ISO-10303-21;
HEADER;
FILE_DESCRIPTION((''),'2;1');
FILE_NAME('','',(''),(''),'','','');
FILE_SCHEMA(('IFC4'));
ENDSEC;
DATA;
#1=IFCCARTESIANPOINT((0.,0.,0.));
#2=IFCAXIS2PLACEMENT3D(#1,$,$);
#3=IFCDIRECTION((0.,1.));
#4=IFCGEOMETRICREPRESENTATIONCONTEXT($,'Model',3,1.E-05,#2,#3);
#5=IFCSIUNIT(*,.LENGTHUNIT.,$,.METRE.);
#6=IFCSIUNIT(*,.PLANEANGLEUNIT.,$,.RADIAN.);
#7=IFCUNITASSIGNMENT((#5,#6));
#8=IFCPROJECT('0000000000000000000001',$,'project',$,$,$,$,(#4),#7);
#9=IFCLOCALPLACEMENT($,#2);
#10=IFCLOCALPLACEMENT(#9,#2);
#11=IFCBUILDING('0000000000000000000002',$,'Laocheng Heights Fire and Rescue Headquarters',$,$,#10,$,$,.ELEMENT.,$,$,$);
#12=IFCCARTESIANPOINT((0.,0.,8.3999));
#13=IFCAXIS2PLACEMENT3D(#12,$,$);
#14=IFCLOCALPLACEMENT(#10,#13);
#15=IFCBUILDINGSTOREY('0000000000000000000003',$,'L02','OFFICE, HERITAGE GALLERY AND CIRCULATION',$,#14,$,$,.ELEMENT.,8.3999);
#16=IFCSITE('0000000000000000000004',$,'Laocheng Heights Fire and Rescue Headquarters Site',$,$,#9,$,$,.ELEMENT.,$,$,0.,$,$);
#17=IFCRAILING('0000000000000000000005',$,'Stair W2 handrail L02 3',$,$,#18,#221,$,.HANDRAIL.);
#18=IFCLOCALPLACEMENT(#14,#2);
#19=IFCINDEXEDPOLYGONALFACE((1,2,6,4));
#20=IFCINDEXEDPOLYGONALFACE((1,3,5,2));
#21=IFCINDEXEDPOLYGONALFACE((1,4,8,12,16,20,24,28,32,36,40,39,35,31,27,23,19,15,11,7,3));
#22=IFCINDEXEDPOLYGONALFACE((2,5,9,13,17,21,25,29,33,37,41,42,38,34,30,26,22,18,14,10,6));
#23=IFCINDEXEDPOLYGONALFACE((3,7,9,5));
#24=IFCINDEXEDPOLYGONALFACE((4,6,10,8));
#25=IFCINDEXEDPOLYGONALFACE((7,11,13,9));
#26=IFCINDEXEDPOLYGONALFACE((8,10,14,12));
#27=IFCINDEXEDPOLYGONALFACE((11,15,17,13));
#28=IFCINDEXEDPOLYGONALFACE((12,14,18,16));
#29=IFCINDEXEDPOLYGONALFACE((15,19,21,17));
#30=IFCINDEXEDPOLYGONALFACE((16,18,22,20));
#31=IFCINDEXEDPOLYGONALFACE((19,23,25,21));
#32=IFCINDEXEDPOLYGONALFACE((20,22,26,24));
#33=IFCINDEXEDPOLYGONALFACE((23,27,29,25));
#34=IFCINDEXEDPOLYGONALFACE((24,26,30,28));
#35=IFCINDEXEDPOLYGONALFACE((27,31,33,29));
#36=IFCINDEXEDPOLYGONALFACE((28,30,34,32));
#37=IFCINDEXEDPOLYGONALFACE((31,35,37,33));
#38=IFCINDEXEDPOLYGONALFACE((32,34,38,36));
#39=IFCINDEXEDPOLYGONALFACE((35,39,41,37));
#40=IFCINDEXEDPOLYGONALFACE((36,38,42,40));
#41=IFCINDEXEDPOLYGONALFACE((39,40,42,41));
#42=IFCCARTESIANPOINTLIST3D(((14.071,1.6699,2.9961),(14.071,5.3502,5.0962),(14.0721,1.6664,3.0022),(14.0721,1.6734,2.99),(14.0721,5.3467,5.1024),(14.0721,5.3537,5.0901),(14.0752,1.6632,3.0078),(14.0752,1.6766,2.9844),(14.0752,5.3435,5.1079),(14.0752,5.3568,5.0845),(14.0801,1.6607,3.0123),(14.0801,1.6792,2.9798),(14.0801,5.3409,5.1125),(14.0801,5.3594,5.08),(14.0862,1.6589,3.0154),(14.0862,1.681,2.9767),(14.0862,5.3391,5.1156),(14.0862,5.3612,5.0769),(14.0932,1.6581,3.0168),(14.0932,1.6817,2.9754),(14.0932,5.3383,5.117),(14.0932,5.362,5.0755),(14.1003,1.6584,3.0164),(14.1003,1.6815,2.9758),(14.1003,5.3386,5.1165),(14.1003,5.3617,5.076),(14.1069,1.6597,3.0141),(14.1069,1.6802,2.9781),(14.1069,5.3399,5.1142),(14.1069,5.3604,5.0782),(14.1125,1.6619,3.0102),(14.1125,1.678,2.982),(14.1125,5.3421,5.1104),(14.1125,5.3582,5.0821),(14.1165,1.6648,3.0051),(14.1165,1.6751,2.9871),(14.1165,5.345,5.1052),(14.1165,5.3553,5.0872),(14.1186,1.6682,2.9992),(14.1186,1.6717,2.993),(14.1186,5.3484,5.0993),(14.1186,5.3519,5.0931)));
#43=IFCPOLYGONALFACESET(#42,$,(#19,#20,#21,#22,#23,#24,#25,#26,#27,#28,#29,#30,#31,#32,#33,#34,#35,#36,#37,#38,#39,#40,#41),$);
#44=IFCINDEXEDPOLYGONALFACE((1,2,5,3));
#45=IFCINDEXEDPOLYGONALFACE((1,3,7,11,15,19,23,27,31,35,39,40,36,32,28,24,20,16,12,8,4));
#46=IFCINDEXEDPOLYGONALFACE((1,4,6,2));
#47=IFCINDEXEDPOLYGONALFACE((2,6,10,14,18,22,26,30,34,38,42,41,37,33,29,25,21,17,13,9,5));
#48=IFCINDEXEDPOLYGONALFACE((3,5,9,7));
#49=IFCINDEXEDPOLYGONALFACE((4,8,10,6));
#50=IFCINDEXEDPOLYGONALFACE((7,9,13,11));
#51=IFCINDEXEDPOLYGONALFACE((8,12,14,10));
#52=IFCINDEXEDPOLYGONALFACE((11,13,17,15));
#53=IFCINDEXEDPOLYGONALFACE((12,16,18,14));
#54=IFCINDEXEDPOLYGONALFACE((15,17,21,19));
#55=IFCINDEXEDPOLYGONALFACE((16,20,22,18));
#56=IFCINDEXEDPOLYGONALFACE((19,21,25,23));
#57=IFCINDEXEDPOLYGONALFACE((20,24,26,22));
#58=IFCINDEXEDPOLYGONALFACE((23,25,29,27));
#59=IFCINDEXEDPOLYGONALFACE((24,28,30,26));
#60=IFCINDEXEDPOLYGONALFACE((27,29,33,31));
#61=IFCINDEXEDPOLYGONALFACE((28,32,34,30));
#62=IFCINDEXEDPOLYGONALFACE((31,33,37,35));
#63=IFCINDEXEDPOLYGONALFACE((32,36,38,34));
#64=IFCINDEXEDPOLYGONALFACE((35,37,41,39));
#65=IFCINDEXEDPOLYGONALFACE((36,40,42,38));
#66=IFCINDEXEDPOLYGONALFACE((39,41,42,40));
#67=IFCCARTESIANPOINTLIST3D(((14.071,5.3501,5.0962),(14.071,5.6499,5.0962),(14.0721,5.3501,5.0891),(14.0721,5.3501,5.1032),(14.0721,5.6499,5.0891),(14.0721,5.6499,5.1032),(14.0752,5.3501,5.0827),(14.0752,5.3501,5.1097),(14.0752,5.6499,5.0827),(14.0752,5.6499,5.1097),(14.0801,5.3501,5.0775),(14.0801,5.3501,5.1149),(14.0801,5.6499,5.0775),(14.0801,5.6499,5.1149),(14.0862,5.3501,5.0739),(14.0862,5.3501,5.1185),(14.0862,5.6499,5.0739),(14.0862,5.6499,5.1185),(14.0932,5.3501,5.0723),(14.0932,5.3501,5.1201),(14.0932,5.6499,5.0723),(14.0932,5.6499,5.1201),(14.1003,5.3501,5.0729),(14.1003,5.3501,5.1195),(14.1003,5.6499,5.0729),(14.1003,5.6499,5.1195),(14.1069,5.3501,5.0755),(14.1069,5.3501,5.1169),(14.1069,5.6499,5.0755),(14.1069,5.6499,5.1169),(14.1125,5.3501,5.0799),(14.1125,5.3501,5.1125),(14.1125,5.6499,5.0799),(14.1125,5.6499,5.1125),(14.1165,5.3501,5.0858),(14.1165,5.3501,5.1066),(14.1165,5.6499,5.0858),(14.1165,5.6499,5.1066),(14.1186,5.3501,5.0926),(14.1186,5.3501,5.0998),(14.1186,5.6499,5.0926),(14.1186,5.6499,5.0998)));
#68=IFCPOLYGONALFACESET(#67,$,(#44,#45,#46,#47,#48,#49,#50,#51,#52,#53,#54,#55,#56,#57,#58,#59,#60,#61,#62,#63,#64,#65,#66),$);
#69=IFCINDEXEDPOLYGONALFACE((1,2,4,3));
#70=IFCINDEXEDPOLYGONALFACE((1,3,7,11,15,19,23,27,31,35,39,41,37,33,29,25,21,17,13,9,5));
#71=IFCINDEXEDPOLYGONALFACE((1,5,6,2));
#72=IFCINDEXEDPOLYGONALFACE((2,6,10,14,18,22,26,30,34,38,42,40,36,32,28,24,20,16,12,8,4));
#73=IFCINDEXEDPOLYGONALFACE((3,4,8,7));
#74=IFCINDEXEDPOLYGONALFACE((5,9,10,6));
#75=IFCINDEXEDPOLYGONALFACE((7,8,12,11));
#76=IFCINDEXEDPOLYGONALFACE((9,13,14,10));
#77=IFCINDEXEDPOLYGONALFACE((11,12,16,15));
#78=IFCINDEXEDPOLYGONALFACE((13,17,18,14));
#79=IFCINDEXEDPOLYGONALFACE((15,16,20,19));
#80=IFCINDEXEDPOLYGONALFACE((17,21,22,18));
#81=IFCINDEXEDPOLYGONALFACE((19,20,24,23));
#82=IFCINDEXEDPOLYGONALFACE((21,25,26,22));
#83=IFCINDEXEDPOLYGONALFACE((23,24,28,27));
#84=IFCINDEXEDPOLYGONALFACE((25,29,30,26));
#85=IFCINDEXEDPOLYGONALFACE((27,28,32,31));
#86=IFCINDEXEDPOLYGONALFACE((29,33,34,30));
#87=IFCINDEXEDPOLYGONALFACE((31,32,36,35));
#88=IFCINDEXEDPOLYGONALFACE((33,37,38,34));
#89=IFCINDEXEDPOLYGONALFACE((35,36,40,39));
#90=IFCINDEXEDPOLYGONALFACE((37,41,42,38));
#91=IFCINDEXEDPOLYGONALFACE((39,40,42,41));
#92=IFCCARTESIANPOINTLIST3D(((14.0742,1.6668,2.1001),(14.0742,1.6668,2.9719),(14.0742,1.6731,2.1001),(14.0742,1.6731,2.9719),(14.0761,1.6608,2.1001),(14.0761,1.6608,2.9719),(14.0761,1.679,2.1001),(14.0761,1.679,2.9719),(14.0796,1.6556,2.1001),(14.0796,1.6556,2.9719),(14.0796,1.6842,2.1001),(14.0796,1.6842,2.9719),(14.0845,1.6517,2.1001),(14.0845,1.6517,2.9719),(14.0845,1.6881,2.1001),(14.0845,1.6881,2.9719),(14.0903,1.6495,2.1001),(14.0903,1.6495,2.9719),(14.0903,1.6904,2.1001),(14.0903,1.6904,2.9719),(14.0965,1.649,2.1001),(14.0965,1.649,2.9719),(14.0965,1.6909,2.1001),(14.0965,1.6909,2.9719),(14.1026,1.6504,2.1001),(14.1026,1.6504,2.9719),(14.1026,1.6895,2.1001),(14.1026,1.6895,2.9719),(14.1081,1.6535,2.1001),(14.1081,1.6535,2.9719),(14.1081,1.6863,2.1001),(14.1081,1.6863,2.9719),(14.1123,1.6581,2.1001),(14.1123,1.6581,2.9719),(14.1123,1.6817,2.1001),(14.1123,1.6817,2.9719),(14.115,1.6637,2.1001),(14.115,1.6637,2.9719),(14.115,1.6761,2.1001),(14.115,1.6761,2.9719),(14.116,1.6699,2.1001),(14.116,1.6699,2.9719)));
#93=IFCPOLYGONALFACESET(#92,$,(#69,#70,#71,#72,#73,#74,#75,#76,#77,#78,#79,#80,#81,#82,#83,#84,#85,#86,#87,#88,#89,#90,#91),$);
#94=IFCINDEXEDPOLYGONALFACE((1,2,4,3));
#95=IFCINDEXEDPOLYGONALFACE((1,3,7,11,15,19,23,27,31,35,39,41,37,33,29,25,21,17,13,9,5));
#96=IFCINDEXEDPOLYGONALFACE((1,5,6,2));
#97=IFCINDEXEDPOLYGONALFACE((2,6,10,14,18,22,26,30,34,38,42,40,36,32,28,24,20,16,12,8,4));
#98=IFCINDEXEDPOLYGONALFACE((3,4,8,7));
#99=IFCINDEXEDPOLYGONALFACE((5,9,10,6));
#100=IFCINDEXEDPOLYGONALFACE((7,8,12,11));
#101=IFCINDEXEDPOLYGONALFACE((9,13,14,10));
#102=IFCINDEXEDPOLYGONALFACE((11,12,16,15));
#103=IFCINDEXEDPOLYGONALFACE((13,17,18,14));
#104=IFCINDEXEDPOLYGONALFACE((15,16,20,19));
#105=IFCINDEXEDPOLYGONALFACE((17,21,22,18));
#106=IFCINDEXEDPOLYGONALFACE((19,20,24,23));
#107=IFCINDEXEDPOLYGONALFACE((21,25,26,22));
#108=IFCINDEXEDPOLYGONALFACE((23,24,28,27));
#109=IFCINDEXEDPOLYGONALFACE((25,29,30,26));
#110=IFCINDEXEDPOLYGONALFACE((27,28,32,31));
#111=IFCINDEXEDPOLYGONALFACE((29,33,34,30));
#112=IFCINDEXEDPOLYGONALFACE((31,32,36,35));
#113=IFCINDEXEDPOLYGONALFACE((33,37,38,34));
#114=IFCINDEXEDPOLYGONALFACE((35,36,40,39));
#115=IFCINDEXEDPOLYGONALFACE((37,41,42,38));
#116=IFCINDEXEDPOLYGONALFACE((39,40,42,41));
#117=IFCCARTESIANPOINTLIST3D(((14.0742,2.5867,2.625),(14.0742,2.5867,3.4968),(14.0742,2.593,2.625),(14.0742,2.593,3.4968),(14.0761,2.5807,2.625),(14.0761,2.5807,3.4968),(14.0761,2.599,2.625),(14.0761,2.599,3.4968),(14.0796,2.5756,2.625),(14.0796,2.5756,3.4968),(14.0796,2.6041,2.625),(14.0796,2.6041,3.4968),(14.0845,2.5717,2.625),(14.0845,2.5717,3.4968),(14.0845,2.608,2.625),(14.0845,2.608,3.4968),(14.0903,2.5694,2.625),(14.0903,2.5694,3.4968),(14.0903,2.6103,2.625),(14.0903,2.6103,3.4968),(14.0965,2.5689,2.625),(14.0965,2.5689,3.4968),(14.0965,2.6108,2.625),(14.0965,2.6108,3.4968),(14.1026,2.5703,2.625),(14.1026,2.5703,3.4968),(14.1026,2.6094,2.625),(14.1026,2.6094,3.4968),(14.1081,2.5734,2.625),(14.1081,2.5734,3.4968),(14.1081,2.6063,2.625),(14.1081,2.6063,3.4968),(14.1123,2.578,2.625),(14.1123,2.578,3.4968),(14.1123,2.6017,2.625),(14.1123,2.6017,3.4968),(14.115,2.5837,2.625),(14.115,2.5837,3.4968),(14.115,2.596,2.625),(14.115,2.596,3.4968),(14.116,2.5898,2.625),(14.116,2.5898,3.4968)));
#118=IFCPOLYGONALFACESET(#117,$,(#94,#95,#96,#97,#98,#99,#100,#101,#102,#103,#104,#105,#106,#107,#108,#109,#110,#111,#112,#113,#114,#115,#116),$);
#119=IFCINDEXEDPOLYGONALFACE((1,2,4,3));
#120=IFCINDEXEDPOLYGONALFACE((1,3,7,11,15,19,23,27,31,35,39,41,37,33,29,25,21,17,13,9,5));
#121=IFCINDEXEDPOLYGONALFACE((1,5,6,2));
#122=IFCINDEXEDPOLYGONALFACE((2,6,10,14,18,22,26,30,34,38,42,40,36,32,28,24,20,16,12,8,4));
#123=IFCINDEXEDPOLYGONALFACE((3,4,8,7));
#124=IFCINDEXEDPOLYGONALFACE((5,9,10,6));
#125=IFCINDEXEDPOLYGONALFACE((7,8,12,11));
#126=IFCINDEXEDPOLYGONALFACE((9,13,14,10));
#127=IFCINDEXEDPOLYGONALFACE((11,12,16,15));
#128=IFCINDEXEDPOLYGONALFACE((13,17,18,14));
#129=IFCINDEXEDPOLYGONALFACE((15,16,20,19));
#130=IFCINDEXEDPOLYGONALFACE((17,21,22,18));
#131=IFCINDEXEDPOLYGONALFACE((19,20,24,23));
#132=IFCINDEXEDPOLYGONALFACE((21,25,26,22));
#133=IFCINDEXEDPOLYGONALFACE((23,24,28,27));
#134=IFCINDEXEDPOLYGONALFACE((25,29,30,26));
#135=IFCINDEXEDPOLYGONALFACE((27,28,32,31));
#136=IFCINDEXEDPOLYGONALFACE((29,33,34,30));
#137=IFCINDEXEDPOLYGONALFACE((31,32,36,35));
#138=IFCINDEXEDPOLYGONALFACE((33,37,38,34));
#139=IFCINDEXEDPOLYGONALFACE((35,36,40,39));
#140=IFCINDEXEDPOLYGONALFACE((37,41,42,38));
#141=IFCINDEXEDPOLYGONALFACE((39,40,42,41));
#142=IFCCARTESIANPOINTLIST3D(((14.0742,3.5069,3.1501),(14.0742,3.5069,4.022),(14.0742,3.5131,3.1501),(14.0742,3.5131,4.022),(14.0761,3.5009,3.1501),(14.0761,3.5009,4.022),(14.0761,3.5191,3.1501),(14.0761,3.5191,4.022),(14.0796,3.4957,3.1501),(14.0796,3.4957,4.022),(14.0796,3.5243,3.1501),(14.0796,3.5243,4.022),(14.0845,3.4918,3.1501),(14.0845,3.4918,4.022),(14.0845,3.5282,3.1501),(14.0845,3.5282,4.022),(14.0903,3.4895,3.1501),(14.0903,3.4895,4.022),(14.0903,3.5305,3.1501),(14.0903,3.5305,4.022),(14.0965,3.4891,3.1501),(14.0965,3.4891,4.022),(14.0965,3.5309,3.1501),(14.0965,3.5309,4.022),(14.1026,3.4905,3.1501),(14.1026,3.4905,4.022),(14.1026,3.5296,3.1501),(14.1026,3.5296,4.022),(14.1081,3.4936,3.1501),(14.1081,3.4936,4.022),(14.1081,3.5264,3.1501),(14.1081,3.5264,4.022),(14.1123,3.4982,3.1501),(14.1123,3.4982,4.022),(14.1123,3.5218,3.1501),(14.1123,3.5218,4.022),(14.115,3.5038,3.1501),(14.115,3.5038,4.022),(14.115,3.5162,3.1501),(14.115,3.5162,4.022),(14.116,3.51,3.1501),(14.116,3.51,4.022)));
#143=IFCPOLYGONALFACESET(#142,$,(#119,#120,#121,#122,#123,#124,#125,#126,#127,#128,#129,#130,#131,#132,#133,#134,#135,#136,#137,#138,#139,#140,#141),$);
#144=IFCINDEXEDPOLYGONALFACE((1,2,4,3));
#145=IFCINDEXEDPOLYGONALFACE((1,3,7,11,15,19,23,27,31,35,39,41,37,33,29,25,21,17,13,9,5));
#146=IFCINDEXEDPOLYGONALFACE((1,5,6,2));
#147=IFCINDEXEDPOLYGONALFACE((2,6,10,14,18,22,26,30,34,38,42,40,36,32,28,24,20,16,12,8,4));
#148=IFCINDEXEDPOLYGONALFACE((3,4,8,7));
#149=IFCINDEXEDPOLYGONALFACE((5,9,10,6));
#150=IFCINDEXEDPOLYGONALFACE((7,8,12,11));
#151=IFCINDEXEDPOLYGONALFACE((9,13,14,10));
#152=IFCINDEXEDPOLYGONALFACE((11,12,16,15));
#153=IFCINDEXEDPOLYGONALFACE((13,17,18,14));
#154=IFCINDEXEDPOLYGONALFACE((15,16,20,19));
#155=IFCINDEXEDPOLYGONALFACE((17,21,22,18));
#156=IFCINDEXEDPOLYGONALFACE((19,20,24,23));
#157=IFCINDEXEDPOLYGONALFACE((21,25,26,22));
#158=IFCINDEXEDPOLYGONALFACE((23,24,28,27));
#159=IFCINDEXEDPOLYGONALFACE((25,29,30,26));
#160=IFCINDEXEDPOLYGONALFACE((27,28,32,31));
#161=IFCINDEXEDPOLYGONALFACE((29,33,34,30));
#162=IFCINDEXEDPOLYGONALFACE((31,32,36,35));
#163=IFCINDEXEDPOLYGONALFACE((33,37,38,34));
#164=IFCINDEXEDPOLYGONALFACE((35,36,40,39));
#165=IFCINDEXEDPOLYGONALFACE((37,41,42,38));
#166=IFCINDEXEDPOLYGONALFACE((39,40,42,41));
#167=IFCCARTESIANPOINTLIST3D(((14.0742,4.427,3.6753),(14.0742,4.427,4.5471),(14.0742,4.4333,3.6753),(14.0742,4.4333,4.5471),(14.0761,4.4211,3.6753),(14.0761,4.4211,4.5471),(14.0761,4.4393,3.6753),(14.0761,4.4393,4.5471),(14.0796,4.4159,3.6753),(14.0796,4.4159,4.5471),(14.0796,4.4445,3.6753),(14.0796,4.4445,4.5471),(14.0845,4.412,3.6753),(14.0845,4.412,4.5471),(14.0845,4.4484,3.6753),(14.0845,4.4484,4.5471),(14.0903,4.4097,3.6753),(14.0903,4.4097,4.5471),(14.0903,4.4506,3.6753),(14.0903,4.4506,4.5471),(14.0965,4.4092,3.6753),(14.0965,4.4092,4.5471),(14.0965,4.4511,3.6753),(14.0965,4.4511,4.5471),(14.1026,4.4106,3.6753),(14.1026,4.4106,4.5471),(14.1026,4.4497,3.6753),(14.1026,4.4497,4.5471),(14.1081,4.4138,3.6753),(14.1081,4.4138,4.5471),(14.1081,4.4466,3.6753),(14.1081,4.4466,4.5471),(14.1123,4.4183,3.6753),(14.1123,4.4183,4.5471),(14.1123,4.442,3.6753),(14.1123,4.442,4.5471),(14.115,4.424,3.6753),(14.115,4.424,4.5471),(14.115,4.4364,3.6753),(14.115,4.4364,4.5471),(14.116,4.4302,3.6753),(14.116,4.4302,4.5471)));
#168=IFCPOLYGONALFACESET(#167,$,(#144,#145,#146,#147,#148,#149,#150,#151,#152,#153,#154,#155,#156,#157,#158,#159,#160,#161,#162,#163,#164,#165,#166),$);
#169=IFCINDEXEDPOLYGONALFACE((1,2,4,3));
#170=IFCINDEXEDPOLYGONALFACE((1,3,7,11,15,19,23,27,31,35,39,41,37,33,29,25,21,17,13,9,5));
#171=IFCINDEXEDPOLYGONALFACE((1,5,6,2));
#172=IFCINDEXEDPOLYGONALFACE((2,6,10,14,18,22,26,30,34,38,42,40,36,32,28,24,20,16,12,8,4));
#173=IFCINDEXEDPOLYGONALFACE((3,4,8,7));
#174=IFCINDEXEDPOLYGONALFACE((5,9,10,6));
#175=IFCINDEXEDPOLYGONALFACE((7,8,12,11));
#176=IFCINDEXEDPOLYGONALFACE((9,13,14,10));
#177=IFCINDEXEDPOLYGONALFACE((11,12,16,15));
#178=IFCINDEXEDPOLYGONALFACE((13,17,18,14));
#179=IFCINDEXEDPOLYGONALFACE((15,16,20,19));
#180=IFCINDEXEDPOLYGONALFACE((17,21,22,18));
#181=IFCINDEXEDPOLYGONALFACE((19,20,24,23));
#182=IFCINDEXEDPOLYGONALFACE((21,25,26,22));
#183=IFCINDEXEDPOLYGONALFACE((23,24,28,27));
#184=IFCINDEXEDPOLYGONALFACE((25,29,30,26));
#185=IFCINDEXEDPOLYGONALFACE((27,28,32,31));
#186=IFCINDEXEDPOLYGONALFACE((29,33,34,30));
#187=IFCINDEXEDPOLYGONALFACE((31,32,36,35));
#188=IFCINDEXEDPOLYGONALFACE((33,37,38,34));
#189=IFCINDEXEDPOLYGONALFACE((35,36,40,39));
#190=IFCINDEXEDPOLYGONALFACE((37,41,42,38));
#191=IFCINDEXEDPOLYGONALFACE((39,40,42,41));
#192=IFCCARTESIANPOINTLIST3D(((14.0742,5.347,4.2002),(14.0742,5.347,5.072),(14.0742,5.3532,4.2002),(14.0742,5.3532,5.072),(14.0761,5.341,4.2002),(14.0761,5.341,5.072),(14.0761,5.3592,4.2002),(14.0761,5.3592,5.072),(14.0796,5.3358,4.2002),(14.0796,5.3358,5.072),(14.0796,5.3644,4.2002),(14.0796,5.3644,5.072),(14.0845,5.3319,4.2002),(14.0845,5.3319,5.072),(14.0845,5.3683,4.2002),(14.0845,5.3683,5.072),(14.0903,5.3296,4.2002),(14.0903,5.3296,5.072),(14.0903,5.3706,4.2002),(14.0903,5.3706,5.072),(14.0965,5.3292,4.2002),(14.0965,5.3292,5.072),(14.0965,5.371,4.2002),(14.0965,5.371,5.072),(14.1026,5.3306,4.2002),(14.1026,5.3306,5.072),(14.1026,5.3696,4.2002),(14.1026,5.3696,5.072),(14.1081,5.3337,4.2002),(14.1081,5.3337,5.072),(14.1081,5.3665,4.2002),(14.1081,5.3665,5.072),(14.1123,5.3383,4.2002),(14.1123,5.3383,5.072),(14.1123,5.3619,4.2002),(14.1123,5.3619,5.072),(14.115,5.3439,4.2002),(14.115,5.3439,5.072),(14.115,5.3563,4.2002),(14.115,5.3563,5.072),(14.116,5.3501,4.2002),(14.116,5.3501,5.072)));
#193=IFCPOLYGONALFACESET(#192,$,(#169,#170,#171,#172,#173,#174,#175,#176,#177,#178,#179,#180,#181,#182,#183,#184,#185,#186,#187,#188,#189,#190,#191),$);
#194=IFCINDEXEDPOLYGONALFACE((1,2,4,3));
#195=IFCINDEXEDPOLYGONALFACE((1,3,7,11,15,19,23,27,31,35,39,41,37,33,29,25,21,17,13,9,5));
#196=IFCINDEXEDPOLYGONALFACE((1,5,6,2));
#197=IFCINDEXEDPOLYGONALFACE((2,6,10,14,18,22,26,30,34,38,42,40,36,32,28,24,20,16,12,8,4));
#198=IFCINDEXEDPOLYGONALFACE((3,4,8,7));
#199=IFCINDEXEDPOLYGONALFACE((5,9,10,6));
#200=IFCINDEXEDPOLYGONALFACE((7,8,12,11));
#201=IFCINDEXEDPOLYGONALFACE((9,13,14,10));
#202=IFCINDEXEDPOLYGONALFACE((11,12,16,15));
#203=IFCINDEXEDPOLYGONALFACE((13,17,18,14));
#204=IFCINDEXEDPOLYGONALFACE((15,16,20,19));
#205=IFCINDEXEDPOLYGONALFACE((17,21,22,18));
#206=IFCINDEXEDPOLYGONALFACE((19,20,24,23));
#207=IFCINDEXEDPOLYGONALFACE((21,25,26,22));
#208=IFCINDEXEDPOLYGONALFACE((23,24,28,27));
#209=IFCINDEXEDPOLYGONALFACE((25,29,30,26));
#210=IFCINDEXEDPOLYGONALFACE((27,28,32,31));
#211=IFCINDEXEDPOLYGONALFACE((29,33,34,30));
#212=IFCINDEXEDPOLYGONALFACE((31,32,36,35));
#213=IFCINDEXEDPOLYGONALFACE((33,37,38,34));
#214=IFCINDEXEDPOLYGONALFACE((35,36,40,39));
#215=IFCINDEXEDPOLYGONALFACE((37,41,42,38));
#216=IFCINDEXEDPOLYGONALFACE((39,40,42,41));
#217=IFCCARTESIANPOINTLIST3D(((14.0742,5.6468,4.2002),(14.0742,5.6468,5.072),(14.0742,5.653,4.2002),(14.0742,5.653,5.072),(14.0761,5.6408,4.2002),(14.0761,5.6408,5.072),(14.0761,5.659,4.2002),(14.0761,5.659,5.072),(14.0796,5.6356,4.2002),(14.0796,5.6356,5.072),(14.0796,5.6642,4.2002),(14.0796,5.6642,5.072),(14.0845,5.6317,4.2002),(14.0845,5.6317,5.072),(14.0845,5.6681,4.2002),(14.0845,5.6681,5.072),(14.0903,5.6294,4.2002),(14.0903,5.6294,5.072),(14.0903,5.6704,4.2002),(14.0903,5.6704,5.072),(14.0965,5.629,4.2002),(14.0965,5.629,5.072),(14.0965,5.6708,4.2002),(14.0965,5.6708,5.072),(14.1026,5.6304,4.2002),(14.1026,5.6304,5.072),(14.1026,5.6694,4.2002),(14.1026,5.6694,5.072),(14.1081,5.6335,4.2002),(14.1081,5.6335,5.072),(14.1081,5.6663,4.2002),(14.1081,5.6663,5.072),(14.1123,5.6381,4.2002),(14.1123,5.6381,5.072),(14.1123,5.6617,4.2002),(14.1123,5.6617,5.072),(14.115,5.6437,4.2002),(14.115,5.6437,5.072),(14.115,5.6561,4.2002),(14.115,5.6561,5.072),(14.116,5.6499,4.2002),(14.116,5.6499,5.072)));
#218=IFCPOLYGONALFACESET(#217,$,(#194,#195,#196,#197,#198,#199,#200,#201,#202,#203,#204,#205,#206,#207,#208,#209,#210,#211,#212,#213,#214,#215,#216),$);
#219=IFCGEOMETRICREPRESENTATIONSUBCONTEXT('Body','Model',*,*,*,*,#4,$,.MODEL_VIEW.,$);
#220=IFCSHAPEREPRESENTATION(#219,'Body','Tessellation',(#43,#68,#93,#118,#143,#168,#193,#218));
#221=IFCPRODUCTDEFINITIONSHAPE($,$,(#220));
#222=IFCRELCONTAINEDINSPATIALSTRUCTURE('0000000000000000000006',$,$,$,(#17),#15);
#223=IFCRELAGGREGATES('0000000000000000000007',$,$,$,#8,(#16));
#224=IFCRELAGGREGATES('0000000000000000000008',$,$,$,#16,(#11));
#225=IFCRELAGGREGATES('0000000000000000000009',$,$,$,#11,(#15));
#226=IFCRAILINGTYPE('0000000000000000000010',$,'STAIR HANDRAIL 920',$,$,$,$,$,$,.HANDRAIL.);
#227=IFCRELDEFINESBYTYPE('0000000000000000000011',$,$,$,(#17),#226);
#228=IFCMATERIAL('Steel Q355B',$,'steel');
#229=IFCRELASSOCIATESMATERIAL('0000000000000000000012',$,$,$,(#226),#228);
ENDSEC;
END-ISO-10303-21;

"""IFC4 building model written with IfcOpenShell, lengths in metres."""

from ifc_helpers import new_model, si_unit, direction, frame, origin, origin_2d, place, context, subcontext, project, spatial, circle, extrude, material, type_object, element, save


model = new_model("IFC4")

# Units and contexts
model_context = context("Model", 3, precision=1e-05, world=origin(), true_north=direction((0.0, 1.0)))
body_context = subcontext(model_context, "Body", "Model", "MODEL_VIEW")
ifc_project = project(units=[si_unit("LENGTHUNIT", "METRE"), si_unit("PLANEANGLEUNIT", "RADIAN")], contexts=[model_context])

# Site, building, storey
site_placement = place(None, origin())
site = spatial("IfcSite", under=ifc_project, at=site_placement, Name="Laocheng Heights Fire and Rescue Headquarters Site", CompositionType="ELEMENT", RefElevation=0.0)
building_placement = place(site_placement, origin())
building = spatial("IfcBuilding", under=site, at=building_placement, Name="Laocheng Heights Fire and Rescue Headquarters", CompositionType="ELEMENT")
storey_placement = place(building_placement, frame((0.0, 0.0, 8.3999)))
storey = spatial("IfcBuildingStorey", under=building, at=storey_placement, Name="L02", Description="OFFICE, HERITAGE GALLERY AND CIRCULATION", CompositionType="ELEMENT", Elevation=8.3999)

# Railing
ifc_material_1 = material(Name="Steel Q355B", Category="steel")
railing_type = type_object("IfcRailingType", Name="STAIR HANDRAIL 920", PredefinedType="HANDRAIL", material=ifc_material_1)
railing_placement = place(storey_placement, frame((14.095, 1.6699, 2.1001)))
element("IfcRailing", 1, at=railing_placement, inside=storey, type_object=railing_type, Name="Stair W2 handrail L02 3", PredefinedType="HANDRAIL", context=body_context, shape_type="SweptSolid", body=[
    extrude(circle(Radius=0.0239, at=origin_2d()), frame((0.0, 0.0, 0.896), z_axis=(0.0, 0.868534, 0.49563), x_axis=(-1.0, 0.0, 0.0)), (0.0, 0.0, 1.0), 4.2373),
    extrude(circle(Radius=0.0239, at=origin_2d()), frame((0.0, 3.6802, 2.9961), z_axis=(0.0, 1.0, 0.0), x_axis=(-1.0, 0.0, 0.0)), (0.0, 0.0, 1.0), 0.2998),
    extrude(circle(Radius=0.021, at=origin_2d()), origin(), (0.0, 0.0, 1.0), 0.8718),
    extrude(circle(Radius=0.021, at=origin_2d()), frame((0.0, 0.9199, 0.5249)), (0.0, 0.0, 1.0), 0.8718),
    extrude(circle(Radius=0.021, at=origin_2d()), frame((0.0, 1.8401, 1.05)), (0.0, 0.0, 1.0), 0.8718),
    extrude(circle(Radius=0.021, at=origin_2d()), frame((0.0, 2.7603, 1.5752)), (0.0, 0.0, 1.0), 0.8718),
    extrude(circle(Radius=0.021, at=origin_2d()), frame((0.0, 3.6802, 2.1001)), (0.0, 0.0, 1.0), 0.8718),
    extrude(circle(Radius=0.021, at=origin_2d()), frame((0.0, 3.98, 2.1001)), (0.0, 0.0, 1.0), 0.8718),
])

save(model, "model.ifc")
